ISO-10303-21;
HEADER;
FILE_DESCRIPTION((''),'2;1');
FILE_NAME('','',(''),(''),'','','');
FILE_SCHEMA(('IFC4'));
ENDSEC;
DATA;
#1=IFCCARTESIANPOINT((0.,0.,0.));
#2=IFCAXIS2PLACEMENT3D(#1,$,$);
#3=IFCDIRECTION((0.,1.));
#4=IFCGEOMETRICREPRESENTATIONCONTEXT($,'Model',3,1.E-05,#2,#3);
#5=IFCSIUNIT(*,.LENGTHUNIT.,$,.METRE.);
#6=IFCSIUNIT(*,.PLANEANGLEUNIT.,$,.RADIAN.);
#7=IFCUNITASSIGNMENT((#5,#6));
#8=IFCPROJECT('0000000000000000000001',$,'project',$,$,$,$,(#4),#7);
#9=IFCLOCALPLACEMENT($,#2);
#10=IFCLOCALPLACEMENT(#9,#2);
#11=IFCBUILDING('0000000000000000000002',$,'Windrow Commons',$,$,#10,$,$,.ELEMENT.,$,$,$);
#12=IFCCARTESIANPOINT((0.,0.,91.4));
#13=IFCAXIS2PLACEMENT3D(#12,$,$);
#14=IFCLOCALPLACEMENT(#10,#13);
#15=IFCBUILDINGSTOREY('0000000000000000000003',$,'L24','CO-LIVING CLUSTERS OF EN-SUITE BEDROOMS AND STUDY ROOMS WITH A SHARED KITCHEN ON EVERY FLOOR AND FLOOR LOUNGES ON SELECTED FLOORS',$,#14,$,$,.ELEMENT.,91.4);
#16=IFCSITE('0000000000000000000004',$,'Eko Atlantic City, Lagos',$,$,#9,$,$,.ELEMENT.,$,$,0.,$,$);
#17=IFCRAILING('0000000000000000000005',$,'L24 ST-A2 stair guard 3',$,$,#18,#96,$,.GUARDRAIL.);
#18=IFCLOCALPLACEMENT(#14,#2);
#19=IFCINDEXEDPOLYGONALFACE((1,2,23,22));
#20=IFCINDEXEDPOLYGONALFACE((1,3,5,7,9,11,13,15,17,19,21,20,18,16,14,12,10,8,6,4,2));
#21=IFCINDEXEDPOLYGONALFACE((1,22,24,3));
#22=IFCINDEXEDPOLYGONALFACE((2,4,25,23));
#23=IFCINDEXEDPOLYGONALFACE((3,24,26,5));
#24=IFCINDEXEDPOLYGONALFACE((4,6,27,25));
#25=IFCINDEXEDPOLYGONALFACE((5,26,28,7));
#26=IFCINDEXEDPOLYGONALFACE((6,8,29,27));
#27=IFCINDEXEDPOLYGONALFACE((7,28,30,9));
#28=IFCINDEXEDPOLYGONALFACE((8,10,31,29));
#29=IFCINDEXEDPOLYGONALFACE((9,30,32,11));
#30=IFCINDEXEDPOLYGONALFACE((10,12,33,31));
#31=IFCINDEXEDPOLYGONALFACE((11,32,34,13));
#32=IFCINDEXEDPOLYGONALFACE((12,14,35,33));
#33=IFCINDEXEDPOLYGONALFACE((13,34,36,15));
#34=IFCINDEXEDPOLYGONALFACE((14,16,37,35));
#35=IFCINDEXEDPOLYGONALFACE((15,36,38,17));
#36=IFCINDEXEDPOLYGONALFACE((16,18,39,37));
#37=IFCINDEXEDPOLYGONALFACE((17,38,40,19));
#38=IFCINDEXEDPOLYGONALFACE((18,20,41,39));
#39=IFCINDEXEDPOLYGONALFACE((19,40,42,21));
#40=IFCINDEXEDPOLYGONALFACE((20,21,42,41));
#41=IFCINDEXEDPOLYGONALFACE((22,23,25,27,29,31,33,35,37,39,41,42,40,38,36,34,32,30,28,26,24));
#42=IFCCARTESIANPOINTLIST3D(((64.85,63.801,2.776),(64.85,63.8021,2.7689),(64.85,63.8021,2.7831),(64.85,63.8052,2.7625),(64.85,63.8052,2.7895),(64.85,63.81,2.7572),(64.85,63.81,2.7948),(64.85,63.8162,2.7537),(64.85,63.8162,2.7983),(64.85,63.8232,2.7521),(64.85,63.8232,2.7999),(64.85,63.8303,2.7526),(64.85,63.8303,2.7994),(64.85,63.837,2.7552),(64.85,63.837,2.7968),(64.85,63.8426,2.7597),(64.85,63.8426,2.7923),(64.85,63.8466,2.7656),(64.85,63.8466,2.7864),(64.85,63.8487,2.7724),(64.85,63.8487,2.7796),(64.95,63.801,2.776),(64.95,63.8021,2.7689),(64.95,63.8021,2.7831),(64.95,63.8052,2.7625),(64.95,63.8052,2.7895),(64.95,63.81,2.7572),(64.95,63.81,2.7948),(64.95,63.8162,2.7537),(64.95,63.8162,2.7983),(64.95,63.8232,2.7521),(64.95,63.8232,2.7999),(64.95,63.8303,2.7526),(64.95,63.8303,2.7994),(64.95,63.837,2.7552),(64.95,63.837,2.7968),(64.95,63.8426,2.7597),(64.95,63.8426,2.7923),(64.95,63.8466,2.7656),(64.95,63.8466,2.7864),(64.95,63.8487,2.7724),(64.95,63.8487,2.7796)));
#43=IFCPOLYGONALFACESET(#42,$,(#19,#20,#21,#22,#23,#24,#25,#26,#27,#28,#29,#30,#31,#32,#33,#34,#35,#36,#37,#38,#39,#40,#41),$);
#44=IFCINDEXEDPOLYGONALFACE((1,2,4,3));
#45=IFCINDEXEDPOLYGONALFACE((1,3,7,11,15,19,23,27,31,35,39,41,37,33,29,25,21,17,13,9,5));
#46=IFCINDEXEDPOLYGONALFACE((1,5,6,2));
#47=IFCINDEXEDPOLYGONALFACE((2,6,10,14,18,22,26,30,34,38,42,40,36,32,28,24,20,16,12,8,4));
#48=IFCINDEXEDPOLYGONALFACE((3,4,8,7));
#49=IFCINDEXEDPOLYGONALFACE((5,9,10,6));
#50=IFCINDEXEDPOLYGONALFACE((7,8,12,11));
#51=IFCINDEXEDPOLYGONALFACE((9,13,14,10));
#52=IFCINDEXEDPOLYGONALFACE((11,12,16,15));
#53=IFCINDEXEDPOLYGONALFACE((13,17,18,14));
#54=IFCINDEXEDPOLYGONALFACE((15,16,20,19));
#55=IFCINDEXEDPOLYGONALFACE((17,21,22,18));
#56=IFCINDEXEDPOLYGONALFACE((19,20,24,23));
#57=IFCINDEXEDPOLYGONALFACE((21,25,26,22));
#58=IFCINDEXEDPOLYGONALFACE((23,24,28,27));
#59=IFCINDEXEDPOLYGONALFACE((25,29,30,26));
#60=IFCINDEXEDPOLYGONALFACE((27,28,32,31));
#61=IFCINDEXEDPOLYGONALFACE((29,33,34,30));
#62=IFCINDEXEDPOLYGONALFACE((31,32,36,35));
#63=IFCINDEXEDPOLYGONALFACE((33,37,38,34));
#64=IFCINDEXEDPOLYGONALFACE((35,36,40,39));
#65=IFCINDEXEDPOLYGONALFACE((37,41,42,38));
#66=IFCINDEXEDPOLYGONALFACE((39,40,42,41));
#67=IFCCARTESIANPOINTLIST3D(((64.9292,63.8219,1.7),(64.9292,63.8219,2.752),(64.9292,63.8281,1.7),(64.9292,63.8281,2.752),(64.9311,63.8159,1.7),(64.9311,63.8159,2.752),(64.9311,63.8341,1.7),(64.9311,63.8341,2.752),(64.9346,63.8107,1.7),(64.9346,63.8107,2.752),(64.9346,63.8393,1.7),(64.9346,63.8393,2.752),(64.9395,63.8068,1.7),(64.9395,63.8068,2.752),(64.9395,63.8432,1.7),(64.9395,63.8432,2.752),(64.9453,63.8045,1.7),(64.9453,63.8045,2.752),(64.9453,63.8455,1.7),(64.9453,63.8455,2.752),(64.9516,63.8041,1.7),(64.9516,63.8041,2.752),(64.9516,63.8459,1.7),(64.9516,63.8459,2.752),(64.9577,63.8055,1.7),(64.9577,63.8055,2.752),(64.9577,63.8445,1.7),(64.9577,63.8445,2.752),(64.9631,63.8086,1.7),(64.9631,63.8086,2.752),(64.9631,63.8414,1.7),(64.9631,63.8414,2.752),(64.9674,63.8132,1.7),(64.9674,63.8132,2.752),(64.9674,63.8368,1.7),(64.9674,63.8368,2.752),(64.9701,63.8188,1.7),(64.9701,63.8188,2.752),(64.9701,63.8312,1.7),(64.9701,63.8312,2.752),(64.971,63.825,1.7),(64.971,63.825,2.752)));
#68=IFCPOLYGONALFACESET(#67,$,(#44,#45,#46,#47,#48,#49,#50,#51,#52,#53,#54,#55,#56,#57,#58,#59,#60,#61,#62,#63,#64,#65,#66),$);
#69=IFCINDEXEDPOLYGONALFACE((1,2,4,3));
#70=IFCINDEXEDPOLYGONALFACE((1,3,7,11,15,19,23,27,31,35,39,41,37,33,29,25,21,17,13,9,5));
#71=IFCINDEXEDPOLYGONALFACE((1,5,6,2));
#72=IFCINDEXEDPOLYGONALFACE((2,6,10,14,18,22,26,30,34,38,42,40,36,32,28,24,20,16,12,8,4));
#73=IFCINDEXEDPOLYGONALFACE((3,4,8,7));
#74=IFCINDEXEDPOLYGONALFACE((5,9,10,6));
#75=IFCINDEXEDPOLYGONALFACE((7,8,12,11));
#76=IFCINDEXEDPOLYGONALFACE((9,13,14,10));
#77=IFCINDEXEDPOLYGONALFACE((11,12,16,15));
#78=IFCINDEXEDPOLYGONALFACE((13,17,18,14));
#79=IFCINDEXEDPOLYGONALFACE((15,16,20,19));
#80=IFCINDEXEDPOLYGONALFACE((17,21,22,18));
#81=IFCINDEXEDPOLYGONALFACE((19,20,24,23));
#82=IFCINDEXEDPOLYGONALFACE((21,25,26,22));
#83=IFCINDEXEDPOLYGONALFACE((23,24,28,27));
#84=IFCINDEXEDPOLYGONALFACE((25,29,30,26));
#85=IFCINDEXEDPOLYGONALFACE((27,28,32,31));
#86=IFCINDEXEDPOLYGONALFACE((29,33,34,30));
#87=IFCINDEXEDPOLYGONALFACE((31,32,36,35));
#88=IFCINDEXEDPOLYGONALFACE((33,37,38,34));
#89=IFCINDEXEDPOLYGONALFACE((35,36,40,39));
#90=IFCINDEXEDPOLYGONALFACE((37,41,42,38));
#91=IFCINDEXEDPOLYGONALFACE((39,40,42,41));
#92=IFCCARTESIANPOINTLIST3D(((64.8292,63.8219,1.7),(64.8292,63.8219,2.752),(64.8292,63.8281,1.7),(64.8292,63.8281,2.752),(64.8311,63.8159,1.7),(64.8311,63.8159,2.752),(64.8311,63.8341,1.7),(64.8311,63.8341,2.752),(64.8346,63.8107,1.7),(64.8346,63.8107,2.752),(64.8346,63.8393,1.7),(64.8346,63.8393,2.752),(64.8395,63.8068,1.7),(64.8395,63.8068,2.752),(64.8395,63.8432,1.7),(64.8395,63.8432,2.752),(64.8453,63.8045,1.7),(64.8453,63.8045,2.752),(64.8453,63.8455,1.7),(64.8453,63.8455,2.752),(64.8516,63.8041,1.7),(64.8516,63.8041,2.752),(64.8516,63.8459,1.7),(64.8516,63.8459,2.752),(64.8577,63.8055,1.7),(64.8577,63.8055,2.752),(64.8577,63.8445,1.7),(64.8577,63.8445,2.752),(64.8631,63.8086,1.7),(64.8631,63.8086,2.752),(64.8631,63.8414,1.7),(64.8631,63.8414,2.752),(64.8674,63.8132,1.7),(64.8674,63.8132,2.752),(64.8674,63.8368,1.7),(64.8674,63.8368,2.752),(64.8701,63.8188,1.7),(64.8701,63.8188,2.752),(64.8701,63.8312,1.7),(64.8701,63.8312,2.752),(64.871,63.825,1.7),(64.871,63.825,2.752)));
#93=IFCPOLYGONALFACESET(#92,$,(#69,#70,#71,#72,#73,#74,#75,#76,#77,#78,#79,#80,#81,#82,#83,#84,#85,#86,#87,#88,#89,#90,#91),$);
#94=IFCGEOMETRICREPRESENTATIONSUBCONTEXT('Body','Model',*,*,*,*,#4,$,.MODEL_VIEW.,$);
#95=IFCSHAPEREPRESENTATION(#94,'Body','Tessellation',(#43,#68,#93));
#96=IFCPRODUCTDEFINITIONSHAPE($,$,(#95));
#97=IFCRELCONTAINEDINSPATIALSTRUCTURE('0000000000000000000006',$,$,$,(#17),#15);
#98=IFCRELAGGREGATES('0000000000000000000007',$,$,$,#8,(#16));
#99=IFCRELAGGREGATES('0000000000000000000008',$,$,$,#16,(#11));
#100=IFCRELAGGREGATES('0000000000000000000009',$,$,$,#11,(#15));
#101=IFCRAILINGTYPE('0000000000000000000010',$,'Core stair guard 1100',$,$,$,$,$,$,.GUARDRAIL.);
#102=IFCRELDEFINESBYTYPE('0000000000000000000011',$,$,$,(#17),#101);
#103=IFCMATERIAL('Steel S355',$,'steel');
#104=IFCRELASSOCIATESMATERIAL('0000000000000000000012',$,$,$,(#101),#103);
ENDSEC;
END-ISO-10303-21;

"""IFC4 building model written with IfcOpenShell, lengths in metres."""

from ifc_helpers import new_model, si_unit, direction, frame, origin, origin_2d, place, context, subcontext, project, spatial, circle, extrude, material, type_object, element, save


model = new_model("IFC4")

# Units and contexts
model_context = context("Model", 3, precision=1e-05, world=origin(), true_north=direction((0.0, 1.0)))
body_context = subcontext(model_context, "Body", "Model", "MODEL_VIEW")
ifc_project = project(units=[si_unit("LENGTHUNIT", "METRE"), si_unit("PLANEANGLEUNIT", "RADIAN")], contexts=[model_context])

# Site, building, storey
site_placement = place(None, origin())
site = spatial("IfcSite", under=ifc_project, at=site_placement, Name="Eko Atlantic City, Lagos", CompositionType="ELEMENT", RefElevation=0.0)
building_placement = place(site_placement, origin())
building = spatial("IfcBuilding", under=site, at=building_placement, Name="Windrow Commons", CompositionType="ELEMENT")
storey_placement = place(building_placement, frame((0.0, 0.0, 91.4)))
storey = spatial("IfcBuildingStorey", under=building, at=storey_placement, Name="L24", Description="CO-LIVING CLUSTERS OF EN-SUITE BEDROOMS AND STUDY ROOMS WITH A SHARED KITCHEN ON EVERY FLOOR AND FLOOR LOUNGES ON SELECTED FLOORS", CompositionType="ELEMENT", Elevation=91.4)

# Railing
ifc_material_1 = material(Name="Steel S355", Category="steel")
railing_type_1 = type_object("IfcRailingType", Name="Core stair guard 1100", PredefinedType="GUARDRAIL", material=ifc_material_1)
railing_1_placement = place(storey_placement, frame((64.95, 63.825, 1.7)))
element("IfcRailing", 1, at=railing_1_placement, inside=storey, type_object=railing_type_1, Name="L24 ST-A2 stair guard 3", PredefinedType="GUARDRAIL", context=body_context, shape_type="SweptSolid", body=[
    extrude(circle(Radius=0.024, at=origin_2d()), frame((0.0, 0.0, 1.076), z_axis=(-1.0, 0.0, 0.0), x_axis=(0.0, -1.0, 0.0)), (0.0, 0.0, 1.0), 0.1),
    extrude(circle(Radius=0.021, at=origin_2d()), origin(), (0.0, 0.0, 1.0), 1.052),
    extrude(circle(Radius=0.021, at=origin_2d()), frame((-0.1, 0.0, 0.0)), (0.0, 0.0, 1.0), 1.052),
])

save(model, "model.ifc")
